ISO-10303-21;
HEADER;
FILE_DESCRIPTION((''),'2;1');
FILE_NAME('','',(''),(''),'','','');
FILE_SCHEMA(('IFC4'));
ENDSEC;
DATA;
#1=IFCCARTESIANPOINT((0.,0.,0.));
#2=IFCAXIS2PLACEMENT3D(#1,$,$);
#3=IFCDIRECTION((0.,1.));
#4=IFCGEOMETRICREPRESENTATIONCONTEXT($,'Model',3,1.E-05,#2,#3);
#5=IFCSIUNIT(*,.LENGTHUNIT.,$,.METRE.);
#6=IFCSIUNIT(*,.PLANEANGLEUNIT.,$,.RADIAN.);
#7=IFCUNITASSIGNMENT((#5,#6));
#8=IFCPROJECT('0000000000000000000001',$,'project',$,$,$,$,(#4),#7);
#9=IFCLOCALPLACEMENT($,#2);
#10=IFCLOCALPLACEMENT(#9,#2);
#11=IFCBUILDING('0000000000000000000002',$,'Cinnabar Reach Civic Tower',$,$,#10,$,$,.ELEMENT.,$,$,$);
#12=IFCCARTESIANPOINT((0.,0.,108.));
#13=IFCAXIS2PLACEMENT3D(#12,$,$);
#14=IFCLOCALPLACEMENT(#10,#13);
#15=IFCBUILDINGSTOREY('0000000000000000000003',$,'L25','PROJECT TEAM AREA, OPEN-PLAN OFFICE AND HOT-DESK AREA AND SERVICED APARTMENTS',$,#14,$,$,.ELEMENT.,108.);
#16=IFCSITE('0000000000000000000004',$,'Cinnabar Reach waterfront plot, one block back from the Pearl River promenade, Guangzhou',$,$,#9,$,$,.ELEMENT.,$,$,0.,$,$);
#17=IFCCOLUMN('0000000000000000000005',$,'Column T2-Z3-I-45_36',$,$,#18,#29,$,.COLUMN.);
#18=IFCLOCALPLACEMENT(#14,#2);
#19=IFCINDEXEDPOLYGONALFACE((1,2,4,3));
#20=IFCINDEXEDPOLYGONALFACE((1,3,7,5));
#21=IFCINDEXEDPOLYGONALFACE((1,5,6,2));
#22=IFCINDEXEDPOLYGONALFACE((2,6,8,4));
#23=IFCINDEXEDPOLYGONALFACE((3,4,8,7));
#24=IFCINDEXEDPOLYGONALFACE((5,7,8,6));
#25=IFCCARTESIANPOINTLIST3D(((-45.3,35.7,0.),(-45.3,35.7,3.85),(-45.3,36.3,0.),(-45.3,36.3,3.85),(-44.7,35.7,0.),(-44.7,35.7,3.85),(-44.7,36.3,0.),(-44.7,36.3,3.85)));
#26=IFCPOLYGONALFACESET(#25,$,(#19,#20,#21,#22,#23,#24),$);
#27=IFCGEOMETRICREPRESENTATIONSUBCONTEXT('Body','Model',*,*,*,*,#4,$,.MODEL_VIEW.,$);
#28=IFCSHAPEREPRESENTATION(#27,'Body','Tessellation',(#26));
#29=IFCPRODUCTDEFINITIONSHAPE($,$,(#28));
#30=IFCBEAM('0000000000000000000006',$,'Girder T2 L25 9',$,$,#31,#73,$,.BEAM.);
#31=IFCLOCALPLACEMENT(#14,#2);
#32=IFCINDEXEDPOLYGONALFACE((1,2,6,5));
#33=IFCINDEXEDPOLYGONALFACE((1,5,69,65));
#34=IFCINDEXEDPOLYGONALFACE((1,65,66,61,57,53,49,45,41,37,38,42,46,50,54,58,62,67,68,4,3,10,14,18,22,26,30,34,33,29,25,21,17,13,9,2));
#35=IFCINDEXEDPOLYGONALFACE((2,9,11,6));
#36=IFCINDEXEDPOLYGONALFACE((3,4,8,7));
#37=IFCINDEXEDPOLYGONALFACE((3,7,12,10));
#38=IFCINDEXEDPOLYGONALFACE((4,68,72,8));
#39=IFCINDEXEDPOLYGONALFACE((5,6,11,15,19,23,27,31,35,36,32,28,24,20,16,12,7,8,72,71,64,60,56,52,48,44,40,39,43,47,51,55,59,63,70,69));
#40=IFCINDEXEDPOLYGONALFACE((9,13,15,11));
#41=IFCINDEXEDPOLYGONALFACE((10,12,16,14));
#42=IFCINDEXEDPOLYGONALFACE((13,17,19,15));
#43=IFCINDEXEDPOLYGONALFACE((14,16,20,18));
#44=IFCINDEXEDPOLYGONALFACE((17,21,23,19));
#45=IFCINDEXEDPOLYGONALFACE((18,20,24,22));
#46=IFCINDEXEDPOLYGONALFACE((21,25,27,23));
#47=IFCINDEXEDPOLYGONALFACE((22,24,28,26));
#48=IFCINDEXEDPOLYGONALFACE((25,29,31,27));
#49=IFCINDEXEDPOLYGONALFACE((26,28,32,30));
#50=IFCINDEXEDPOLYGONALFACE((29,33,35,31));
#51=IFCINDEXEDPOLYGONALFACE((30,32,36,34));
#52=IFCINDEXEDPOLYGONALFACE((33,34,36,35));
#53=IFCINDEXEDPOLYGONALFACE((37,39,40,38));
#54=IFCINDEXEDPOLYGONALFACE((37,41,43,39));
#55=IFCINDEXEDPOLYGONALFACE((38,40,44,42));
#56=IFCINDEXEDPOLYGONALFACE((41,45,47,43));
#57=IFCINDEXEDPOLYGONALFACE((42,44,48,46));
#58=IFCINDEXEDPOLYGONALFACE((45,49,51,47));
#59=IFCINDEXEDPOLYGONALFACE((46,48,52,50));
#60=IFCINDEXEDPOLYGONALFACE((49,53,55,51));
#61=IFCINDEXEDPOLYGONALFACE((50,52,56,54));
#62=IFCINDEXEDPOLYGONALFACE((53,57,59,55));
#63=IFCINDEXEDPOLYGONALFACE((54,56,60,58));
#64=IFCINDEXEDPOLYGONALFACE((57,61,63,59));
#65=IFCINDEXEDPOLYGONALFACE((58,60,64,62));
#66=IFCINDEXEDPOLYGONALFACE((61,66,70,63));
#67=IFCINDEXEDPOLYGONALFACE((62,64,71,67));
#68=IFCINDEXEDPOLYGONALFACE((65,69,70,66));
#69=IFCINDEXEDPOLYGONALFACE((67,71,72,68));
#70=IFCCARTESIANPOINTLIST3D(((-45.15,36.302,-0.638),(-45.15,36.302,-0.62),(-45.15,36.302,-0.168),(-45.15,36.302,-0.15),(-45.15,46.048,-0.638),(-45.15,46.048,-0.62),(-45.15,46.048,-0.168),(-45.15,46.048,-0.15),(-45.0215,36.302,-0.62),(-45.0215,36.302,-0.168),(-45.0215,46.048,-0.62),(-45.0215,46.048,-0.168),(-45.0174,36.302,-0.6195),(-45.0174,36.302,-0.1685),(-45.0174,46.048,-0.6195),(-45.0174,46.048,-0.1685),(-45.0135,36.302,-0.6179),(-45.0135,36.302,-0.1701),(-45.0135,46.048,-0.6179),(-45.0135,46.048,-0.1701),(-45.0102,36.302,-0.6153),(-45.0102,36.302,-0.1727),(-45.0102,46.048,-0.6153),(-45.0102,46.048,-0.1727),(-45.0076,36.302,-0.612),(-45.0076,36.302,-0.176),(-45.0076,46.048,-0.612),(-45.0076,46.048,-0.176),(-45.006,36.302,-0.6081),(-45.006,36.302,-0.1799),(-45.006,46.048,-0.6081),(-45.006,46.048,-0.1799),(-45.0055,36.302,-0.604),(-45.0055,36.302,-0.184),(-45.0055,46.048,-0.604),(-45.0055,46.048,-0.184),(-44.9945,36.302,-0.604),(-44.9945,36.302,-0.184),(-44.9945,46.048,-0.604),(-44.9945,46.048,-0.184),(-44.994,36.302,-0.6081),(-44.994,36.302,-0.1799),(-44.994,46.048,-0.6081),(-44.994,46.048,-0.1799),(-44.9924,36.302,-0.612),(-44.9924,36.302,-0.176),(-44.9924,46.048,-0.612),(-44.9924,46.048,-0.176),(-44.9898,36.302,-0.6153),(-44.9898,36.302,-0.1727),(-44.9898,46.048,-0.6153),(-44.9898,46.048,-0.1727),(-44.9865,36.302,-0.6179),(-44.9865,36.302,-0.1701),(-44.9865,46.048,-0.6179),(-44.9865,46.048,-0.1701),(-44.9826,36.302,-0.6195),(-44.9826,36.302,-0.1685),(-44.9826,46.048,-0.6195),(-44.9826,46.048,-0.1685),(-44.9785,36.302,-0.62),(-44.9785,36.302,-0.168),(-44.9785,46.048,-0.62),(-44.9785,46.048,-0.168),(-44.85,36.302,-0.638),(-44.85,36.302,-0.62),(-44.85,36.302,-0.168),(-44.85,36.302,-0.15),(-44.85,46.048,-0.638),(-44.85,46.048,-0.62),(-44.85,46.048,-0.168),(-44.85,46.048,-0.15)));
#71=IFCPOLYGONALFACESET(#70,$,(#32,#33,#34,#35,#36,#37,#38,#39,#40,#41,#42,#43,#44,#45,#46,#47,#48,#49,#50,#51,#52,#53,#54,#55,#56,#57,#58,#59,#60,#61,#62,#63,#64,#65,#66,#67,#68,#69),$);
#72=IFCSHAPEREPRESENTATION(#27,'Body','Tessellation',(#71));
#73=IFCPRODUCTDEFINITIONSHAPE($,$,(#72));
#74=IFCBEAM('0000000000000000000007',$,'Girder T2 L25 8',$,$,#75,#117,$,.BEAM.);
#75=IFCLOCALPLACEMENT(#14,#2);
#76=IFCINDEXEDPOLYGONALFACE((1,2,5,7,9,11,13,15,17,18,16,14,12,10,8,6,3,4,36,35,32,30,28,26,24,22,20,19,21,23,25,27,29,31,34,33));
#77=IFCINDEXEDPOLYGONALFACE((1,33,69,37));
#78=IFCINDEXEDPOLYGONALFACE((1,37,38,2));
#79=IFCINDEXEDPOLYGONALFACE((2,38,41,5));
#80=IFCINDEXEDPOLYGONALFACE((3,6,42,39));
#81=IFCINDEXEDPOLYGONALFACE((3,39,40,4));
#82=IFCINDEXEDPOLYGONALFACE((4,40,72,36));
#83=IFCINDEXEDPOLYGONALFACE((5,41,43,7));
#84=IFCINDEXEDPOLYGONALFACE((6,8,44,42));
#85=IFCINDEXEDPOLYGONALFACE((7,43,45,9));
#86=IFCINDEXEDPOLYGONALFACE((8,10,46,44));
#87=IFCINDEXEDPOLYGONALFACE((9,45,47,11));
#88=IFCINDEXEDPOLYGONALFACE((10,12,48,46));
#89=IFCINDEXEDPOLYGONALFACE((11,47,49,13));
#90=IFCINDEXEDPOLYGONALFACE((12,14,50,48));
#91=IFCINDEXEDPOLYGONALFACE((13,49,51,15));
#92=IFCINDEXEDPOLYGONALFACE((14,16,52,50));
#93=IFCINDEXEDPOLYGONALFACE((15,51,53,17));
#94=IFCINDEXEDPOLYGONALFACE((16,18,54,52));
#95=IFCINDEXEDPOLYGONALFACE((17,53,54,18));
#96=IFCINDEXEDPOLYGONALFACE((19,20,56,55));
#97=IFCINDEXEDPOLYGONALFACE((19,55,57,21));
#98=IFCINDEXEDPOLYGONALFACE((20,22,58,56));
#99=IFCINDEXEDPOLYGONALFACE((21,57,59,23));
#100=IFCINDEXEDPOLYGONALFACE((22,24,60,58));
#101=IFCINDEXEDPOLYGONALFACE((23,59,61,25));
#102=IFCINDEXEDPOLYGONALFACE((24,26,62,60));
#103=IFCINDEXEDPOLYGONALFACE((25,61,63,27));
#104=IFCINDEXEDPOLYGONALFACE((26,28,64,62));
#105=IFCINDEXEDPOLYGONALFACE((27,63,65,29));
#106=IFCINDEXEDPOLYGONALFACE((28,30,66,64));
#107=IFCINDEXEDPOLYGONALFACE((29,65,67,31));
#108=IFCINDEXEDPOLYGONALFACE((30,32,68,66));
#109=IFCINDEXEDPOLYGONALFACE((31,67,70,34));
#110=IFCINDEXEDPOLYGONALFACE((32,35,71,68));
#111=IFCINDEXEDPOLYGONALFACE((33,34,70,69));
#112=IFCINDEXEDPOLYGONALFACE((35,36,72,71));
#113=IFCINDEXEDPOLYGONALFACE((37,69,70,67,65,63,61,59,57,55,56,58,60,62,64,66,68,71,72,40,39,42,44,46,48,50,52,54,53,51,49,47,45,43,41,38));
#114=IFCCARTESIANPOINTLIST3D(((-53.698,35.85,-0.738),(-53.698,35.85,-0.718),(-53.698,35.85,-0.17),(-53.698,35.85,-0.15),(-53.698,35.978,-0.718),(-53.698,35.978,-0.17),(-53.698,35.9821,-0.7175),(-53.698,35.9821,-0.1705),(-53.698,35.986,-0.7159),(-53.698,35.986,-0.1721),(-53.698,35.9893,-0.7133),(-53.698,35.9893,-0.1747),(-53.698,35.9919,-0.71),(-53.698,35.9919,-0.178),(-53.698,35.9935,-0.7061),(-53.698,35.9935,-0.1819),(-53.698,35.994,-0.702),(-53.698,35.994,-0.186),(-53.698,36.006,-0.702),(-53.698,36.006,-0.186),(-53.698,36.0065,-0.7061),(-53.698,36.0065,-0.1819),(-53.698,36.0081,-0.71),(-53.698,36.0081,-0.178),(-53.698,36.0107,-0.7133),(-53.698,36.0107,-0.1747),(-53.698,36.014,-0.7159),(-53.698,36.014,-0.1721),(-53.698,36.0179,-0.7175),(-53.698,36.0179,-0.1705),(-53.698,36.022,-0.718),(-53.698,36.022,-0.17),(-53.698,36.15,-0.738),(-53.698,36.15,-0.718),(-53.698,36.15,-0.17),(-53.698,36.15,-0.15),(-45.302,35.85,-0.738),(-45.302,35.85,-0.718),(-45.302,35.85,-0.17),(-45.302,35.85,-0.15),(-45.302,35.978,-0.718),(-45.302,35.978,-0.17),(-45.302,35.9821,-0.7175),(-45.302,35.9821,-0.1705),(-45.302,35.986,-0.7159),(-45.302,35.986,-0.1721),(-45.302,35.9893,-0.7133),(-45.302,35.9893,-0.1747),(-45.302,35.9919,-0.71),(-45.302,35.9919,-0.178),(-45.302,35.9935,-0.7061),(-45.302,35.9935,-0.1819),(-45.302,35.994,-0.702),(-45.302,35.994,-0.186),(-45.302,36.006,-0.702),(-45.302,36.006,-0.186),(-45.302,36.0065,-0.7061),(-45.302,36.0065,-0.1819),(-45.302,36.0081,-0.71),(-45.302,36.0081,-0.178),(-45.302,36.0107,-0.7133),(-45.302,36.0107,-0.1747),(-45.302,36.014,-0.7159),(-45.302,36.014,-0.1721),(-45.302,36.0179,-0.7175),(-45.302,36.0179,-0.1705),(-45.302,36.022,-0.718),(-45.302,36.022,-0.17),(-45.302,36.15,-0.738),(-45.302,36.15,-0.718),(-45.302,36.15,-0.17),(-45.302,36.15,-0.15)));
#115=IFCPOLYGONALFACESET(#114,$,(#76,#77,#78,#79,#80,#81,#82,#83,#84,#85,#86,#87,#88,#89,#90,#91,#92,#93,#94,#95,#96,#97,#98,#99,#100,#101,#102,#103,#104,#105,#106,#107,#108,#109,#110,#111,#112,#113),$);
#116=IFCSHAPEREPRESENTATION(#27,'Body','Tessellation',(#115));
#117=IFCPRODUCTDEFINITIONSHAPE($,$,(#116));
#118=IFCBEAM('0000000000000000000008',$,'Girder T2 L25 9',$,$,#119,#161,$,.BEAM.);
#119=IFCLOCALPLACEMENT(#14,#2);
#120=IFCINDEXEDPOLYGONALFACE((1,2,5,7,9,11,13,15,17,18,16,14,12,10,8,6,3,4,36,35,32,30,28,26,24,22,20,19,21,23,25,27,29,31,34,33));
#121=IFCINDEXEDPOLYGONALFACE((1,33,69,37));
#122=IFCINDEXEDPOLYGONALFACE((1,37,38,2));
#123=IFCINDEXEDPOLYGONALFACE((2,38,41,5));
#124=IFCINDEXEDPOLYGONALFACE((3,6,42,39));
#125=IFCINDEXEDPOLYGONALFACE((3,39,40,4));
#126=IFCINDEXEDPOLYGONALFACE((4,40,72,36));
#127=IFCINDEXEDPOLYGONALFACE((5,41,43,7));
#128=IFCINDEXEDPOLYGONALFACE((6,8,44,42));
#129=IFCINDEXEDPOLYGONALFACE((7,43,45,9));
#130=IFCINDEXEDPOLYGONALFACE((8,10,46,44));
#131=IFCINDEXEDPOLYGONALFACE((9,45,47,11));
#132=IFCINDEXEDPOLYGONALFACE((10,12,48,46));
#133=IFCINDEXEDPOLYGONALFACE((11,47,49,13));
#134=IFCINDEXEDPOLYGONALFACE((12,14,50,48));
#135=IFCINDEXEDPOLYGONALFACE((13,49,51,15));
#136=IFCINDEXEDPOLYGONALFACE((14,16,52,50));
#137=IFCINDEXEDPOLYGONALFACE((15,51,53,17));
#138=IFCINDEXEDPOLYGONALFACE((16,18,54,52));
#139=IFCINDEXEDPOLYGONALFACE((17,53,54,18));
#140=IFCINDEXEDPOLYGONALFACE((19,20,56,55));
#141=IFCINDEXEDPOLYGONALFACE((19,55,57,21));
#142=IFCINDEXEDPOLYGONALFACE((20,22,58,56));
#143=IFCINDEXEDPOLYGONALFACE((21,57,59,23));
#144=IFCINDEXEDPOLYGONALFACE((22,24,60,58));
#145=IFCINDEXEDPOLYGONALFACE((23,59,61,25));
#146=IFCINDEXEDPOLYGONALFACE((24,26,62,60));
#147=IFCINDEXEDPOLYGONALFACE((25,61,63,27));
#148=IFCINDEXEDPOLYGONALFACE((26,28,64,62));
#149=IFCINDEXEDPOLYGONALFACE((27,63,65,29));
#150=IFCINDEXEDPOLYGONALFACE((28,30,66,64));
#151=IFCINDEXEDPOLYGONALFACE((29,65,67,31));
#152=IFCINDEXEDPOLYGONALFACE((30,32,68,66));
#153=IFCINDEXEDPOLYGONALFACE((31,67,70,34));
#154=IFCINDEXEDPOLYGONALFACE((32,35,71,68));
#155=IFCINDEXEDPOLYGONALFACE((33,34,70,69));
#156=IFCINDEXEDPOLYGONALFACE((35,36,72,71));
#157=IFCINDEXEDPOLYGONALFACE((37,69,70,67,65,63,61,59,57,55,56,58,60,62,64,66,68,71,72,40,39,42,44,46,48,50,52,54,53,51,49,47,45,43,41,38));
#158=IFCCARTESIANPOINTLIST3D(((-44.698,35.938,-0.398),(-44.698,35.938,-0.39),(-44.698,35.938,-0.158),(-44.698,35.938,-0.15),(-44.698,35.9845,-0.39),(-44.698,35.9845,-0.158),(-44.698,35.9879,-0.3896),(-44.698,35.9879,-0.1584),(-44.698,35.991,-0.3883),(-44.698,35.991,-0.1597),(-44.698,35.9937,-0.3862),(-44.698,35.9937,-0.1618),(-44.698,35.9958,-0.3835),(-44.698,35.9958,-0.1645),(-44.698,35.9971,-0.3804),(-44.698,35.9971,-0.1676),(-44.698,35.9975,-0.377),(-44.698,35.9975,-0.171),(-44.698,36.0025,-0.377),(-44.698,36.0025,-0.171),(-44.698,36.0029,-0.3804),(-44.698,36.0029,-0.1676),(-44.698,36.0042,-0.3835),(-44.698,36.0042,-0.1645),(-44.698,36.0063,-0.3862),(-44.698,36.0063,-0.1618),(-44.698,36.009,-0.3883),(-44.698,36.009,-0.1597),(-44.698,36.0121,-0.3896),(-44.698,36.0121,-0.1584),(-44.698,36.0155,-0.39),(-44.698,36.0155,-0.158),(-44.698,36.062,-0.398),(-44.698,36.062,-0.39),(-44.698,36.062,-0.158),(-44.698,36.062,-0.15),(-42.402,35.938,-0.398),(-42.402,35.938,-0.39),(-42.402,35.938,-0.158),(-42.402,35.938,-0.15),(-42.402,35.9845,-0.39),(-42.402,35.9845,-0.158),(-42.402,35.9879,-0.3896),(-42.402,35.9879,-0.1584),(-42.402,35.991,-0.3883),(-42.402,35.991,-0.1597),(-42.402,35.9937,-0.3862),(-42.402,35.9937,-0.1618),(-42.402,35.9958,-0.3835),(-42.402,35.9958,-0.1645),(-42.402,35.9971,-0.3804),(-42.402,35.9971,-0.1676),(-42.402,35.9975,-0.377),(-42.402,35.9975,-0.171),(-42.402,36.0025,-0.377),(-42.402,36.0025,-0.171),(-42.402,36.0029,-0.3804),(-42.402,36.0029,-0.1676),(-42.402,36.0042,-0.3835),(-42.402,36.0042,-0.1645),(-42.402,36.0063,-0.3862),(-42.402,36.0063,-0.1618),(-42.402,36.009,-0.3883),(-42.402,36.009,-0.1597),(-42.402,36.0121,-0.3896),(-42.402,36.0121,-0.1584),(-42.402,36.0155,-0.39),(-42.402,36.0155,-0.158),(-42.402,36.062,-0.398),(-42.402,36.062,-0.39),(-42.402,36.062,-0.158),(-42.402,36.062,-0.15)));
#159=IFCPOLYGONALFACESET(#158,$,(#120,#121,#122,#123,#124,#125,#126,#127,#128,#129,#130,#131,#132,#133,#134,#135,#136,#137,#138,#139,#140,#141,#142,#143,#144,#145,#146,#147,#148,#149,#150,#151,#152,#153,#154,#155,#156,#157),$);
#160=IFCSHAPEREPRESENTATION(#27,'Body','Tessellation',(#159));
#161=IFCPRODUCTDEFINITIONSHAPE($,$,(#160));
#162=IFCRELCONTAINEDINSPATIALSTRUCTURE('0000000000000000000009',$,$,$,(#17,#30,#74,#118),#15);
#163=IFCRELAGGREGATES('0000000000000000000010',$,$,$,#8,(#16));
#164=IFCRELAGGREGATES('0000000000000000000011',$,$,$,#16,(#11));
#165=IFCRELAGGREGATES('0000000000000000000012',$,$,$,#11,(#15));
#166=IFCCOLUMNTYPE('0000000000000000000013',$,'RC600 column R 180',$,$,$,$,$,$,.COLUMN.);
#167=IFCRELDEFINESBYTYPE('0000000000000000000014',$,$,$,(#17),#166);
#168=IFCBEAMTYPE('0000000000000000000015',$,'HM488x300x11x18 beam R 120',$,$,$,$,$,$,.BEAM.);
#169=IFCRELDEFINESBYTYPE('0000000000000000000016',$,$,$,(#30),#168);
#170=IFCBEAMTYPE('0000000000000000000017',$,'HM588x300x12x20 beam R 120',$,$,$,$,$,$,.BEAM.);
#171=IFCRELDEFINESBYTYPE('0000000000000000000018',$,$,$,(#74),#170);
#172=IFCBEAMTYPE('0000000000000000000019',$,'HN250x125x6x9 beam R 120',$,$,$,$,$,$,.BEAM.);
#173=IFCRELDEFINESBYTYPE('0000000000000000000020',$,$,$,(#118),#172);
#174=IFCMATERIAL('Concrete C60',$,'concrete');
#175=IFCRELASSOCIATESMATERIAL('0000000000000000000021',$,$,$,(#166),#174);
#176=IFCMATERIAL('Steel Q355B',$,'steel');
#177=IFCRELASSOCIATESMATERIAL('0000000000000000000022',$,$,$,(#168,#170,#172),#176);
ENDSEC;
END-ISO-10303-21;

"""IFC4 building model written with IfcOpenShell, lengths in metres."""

from ifc_helpers import new_model, si_unit, direction, frame, origin, origin_2d, place, context, subcontext, project, spatial, rectangle, i_section, extrude, material, material_profile, profile_set, type_object, element, save


model = new_model("IFC4")

# Units and contexts
model_context = context("Model", 3, precision=1e-05, world=origin(), true_north=direction((0.0, 1.0)))
body_context = subcontext(model_context, "Body", "Model", "MODEL_VIEW")
ifc_project = project(units=[si_unit("LENGTHUNIT", "METRE"), si_unit("PLANEANGLEUNIT", "RADIAN")], contexts=[model_context])

# Site, building, storey
site_placement = place(None, origin())
site = spatial("IfcSite", under=ifc_project, at=site_placement, Name="Cinnabar Reach waterfront plot, one block back from the Pearl River promenade, Guangzhou", CompositionType="ELEMENT", RefElevation=0.0)
building_placement = place(site_placement, origin())
building = spatial("IfcBuilding", under=site, at=building_placement, Name="Cinnabar Reach Civic Tower", CompositionType="ELEMENT")
storey_placement = place(building_placement, frame((0.0, 0.0, 108.0)))
storey = spatial("IfcBuildingStorey", under=building, at=storey_placement, Name="L25", Description="PROJECT TEAM AREA, OPEN-PLAN OFFICE AND HOT-DESK AREA AND SERVICED APARTMENTS", CompositionType="ELEMENT", Elevation=108.0)

# Column
ifc_material_1 = material(Name="Concrete C60", Category="concrete")
ifc_material_profile_1 = material_profile(ifc_material_1, rectangle(XDim=0.6, YDim=0.6, at=origin_2d()), Name="RC600")
ifc_profile_set_1 = profile_set([ifc_material_profile_1], Name="Concrete C60")
column_type = type_object("IfcColumnType", Name="RC600 column R 180", PredefinedType="COLUMN", material=ifc_profile_set_1)
column_placement = place(storey_placement, frame((-45.0, 36.0, 0.0), z_axis=(0.0, 0.0, 1.0), x_axis=(1.0, 0.0, 0.0)))
element("IfcColumn", 1, at=column_placement, inside=storey, type_object=column_type, Name="Column T2-Z3-I-45_36", PredefinedType="COLUMN", context=body_context, shape_type="SweptSolid", body=[
    extrude(rectangle(XDim=0.6, YDim=0.6, at=origin_2d()), origin(), (0.0, 0.0, 1.0), 3.85),
])

# Beams
ifc_material_2 = material(Name="Steel Q355B", Category="steel")
ifc_material_profile_2 = material_profile(ifc_material_2, i_section(OverallWidth=0.3, OverallDepth=0.488, WebThickness=0.011, FlangeThickness=0.018, FilletRadius=0.016, at=origin_2d()), Name="HM488x300x11x18")
ifc_profile_set_2 = profile_set([ifc_material_profile_2], Name="Steel Q355B")
beam_type_1 = type_object("IfcBeamType", Name="HM488x300x11x18 beam R 120", PredefinedType="BEAM", material=ifc_profile_set_2)
beam_1_placement = place(storey_placement, frame((-45.0, 36.302, -0.394), z_axis=(0.0, 1.0, 0.0), x_axis=(-1.0, 0.0, 0.0)))
element("IfcBeam", 2, at=beam_1_placement, inside=storey, type_object=beam_type_1, Name="Girder T2 L25 9", PredefinedType="BEAM", context=body_context, shape_type="SweptSolid", body=[
    extrude(i_section(OverallWidth=0.3, OverallDepth=0.488, WebThickness=0.011, FlangeThickness=0.018, FilletRadius=0.016, at=origin_2d()), origin(), (0.0, 0.0, 1.0), 9.746),
])
ifc_material_profile_3 = material_profile(ifc_material_2, i_section(OverallWidth=0.3, OverallDepth=0.588, WebThickness=0.012, FlangeThickness=0.02, FilletRadius=0.016, at=origin_2d()), Name="HM588x300x12x20")
ifc_profile_set_3 = profile_set([ifc_material_profile_3], Name="Steel Q355B")
beam_type_2 = type_object("IfcBeamType", Name="HM588x300x12x20 beam R 120", PredefinedType="BEAM", material=ifc_profile_set_3)
beam_2_placement = place(storey_placement, frame((-53.698, 36.0, -0.444), z_axis=(1.0, 0.0, 0.0), x_axis=(0.0, 1.0, 0.0)))
element("IfcBeam", 3, at=beam_2_placement, inside=storey, type_object=beam_type_2, Name="Girder T2 L25 8", PredefinedType="BEAM", context=body_context, shape_type="SweptSolid", body=[
    extrude(i_section(OverallWidth=0.3, OverallDepth=0.588, WebThickness=0.012, FlangeThickness=0.02, FilletRadius=0.016, at=origin_2d()), origin(), (0.0, 0.0, 1.0), 8.396),
])
ifc_material_profile_4 = material_profile(ifc_material_2, i_section(OverallWidth=0.124, OverallDepth=0.248, WebThickness=0.005, FlangeThickness=0.008, FilletRadius=0.013, at=origin_2d()), Name="HN250x125x6x9")
ifc_profile_set_4 = profile_set([ifc_material_profile_4], Name="Steel Q355B")
beam_type_3 = type_object("IfcBeamType", Name="HN250x125x6x9 beam R 120", PredefinedType="BEAM", material=ifc_profile_set_4)
beam_3_placement = place(storey_placement, frame((-44.698, 36.0, -0.274), z_axis=(1.0, 0.0, 0.0), x_axis=(0.0, 1.0, 0.0)))
element("IfcBeam", 4, at=beam_3_placement, inside=storey, type_object=beam_type_3, Name="Girder T2 L25 9", PredefinedType="BEAM", context=body_context, shape_type="SweptSolid", body=[
    extrude(i_section(OverallWidth=0.124, OverallDepth=0.248, WebThickness=0.005, FlangeThickness=0.008, FilletRadius=0.013, at=origin_2d()), origin(), (0.0, 0.0, 1.0), 2.296),
])

save(model, "model.ifc")
